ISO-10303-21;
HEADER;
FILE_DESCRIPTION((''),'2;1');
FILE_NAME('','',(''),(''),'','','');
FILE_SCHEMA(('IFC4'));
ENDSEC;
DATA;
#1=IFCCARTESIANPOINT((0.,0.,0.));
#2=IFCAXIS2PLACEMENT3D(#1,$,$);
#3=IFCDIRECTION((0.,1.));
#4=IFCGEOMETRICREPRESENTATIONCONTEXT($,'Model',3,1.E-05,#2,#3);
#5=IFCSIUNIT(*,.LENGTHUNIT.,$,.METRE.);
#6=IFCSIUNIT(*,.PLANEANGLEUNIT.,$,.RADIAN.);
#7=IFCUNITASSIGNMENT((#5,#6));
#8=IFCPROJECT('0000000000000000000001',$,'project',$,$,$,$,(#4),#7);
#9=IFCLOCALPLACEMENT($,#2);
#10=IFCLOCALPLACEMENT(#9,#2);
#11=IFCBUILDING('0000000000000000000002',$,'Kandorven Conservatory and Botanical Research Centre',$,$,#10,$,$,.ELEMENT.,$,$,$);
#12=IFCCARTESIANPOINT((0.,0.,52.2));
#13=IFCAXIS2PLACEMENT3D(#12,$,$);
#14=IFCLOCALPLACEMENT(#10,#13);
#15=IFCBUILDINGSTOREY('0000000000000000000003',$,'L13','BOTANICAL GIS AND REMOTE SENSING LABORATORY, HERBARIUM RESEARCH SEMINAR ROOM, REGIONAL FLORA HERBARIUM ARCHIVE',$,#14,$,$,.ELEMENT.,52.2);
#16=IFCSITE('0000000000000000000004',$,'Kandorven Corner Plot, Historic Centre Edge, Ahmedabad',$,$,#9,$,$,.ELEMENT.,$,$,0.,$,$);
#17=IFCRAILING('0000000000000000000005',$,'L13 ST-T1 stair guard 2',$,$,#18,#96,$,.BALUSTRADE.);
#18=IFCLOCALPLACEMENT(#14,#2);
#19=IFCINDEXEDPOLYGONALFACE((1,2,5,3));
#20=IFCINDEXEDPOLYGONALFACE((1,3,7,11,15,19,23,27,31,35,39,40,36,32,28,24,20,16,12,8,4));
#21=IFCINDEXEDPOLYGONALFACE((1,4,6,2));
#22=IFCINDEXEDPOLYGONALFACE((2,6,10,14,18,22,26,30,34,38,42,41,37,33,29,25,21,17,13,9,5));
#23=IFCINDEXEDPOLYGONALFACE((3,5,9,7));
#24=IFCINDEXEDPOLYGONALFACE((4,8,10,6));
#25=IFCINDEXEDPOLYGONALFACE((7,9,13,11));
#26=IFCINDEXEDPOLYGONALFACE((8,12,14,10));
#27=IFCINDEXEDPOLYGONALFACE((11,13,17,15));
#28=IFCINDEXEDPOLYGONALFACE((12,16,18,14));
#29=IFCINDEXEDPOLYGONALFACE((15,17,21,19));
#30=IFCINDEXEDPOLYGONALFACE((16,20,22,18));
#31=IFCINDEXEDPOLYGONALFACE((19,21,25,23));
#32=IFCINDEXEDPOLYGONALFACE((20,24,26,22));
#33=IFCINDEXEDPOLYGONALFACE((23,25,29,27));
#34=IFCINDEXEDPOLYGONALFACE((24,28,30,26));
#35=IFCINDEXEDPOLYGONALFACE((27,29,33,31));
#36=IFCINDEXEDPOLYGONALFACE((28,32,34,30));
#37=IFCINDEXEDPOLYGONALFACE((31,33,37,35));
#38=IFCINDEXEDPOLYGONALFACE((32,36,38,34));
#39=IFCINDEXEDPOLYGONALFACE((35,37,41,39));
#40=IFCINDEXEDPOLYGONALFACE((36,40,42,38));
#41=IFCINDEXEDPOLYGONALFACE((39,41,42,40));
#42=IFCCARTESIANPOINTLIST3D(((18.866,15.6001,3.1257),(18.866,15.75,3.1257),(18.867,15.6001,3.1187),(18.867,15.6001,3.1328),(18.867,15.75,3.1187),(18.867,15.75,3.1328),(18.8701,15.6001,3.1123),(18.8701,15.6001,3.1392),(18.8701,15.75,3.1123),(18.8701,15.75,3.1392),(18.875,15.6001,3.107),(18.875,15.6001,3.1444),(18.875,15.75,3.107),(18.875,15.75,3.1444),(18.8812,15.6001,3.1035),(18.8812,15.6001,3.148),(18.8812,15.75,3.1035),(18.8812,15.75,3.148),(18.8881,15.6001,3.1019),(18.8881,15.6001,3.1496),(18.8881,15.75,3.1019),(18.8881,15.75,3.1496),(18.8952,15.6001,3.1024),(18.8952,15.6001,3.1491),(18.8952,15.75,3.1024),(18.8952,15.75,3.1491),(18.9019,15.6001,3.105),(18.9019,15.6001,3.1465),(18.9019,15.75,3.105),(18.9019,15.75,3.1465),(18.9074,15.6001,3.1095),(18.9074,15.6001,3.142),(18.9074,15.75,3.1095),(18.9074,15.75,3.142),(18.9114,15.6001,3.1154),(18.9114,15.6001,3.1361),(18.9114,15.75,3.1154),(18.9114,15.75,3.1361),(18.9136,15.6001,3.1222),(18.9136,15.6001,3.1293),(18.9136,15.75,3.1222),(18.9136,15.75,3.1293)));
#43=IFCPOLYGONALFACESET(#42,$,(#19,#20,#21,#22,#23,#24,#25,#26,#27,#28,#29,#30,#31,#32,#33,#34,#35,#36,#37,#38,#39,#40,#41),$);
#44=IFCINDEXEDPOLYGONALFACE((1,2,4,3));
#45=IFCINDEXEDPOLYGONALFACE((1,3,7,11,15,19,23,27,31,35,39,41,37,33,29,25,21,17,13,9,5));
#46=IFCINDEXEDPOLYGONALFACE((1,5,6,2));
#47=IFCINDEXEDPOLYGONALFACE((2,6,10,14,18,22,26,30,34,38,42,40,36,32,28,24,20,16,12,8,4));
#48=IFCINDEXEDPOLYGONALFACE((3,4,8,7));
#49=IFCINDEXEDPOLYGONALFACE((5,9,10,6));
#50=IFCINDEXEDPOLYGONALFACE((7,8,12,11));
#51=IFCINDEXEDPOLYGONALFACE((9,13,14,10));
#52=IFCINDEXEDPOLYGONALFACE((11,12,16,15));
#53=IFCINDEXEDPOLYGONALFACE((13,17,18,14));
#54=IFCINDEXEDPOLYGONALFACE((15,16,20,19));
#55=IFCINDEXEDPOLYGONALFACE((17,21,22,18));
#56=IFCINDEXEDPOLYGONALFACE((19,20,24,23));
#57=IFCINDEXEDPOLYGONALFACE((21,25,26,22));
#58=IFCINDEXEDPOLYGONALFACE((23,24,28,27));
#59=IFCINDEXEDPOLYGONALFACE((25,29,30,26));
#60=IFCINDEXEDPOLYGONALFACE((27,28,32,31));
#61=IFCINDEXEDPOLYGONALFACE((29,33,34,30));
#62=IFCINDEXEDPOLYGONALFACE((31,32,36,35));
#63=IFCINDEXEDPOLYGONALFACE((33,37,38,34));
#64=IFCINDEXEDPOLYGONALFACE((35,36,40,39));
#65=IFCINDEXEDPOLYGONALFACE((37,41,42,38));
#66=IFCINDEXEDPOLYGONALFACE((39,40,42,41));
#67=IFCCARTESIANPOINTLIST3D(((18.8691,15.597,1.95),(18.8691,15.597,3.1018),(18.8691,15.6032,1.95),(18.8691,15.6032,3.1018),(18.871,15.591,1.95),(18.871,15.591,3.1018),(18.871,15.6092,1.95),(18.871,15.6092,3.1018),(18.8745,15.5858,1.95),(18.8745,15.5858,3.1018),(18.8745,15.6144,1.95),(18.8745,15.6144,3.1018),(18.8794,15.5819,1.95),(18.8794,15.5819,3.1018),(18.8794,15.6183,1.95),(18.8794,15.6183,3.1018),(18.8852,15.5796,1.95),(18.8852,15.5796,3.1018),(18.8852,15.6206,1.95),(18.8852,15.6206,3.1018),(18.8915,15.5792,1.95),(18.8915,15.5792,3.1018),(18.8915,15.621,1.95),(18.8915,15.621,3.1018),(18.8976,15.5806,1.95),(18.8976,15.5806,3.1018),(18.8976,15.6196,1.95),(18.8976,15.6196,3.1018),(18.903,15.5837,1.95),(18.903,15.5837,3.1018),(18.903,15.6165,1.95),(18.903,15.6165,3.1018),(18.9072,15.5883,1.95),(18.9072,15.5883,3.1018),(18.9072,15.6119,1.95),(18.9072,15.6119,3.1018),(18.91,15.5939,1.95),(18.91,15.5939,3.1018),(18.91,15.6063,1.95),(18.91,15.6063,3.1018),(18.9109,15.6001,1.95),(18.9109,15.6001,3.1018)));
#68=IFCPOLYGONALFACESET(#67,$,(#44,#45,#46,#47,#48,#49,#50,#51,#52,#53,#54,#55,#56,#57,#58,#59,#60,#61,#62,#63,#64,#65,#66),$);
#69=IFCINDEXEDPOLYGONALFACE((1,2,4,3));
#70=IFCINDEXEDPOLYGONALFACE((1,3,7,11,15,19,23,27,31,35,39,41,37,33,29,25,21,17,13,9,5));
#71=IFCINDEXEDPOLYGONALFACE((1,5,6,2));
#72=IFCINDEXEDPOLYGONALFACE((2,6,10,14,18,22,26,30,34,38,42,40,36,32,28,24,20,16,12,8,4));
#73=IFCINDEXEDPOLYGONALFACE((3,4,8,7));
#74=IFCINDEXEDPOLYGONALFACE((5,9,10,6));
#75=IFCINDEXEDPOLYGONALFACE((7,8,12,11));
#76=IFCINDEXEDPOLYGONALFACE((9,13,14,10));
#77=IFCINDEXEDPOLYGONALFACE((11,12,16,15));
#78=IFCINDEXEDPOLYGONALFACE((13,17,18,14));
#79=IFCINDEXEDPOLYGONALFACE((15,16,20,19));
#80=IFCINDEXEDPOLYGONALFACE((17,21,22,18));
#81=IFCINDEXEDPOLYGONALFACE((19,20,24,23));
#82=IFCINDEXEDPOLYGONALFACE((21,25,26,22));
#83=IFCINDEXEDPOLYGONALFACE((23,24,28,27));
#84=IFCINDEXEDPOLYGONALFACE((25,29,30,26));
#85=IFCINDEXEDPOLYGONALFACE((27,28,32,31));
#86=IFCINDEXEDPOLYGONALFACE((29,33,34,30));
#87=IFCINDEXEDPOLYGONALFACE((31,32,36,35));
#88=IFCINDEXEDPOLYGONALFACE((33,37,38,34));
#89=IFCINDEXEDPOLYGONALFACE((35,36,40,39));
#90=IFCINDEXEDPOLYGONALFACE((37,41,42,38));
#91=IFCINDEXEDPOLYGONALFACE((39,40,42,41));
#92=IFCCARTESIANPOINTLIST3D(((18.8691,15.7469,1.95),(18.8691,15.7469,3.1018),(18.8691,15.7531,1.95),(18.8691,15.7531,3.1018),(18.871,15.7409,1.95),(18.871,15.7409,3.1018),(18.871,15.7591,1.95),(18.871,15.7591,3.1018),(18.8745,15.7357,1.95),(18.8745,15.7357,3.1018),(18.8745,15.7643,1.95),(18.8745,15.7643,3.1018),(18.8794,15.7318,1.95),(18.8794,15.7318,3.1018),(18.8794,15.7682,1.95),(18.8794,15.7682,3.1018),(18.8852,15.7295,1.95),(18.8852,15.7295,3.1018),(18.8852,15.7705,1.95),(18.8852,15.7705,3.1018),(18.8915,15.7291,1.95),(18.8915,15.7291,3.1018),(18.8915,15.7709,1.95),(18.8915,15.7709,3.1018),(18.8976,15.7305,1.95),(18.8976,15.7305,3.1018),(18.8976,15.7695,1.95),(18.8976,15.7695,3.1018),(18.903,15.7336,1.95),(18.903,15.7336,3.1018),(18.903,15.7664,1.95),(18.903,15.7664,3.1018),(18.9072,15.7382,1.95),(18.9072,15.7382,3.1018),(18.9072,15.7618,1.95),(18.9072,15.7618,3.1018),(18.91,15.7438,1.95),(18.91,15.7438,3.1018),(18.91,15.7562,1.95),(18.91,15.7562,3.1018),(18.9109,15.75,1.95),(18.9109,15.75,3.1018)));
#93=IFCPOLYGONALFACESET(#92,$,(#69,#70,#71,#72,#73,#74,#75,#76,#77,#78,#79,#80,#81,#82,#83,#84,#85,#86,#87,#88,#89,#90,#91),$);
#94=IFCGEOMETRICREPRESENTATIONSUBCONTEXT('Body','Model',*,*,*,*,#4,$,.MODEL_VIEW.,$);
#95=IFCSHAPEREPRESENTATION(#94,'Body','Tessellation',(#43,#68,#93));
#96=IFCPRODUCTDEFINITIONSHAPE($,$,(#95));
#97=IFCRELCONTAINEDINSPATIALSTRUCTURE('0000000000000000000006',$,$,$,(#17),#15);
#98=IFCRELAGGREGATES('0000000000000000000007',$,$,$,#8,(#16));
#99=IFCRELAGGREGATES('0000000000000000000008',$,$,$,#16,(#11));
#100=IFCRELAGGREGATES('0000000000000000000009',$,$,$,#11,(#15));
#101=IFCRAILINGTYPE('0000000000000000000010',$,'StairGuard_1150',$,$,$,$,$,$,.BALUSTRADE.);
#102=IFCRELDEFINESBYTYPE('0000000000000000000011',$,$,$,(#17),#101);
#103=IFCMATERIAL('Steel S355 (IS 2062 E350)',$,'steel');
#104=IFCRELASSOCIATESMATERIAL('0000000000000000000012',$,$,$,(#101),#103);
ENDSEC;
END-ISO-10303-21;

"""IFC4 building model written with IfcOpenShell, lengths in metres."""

from ifc_helpers import new_model, si_unit, direction, frame, origin, origin_2d, place, context, subcontext, project, spatial, circle, extrude, material, type_object, element, save


model = new_model("IFC4")

# Units and contexts
model_context = context("Model", 3, precision=1e-05, world=origin(), true_north=direction((0.0, 1.0)))
body_context = subcontext(model_context, "Body", "Model", "MODEL_VIEW")
ifc_project = project(units=[si_unit("LENGTHUNIT", "METRE"), si_unit("PLANEANGLEUNIT", "RADIAN")], contexts=[model_context])

# Site, building, storey
site_placement = place(None, origin())
site = spatial("IfcSite", under=ifc_project, at=site_placement, Name="Kandorven Corner Plot, Historic Centre Edge, Ahmedabad", CompositionType="ELEMENT", RefElevation=0.0)
building_placement = place(site_placement, origin())
building = spatial("IfcBuilding", under=site, at=building_placement, Name="Kandorven Conservatory and Botanical Research Centre", CompositionType="ELEMENT")
storey_placement = place(building_placement, frame((0.0, 0.0, 52.2)))
storey = spatial("IfcBuildingStorey", under=building, at=storey_placement, Name="L13", Description="BOTANICAL GIS AND REMOTE SENSING LABORATORY, HERBARIUM RESEARCH SEMINAR ROOM, REGIONAL FLORA HERBARIUM ARCHIVE", CompositionType="ELEMENT", Elevation=52.2)

# Railing
ifc_material_1 = material(Name="Steel S355 (IS 2062 E350)", Category="steel")
railing_type_1 = type_object("IfcRailingType", Name="StairGuard_1150", PredefinedType="BALUSTRADE", material=ifc_material_1)
railing_1_placement = place(storey_placement, frame((18.8899, 15.6001, 1.95)))
element("IfcRailing", 1, at=railing_1_placement, inside=storey, type_object=railing_type_1, Name="L13 ST-T1 stair guard 2", PredefinedType="BALUSTRADE", context=body_context, shape_type="SweptSolid", body=[
    extrude(circle(Radius=0.0239, at=origin_2d()), frame((0.0, 0.0, 1.1758), z_axis=(0.0, 1.0, 0.0), x_axis=(-1.0, 0.0, 0.0)), (0.0, 0.0, 1.0), 0.1499),
    extrude(circle(Radius=0.021, at=origin_2d()), origin(), (0.0, 0.0, 1.0), 1.1519),
    extrude(circle(Radius=0.021, at=origin_2d()), frame((0.0, 0.1499, 0.0)), (0.0, 0.0, 1.0), 1.1519),
])

save(model, "model.ifc")
